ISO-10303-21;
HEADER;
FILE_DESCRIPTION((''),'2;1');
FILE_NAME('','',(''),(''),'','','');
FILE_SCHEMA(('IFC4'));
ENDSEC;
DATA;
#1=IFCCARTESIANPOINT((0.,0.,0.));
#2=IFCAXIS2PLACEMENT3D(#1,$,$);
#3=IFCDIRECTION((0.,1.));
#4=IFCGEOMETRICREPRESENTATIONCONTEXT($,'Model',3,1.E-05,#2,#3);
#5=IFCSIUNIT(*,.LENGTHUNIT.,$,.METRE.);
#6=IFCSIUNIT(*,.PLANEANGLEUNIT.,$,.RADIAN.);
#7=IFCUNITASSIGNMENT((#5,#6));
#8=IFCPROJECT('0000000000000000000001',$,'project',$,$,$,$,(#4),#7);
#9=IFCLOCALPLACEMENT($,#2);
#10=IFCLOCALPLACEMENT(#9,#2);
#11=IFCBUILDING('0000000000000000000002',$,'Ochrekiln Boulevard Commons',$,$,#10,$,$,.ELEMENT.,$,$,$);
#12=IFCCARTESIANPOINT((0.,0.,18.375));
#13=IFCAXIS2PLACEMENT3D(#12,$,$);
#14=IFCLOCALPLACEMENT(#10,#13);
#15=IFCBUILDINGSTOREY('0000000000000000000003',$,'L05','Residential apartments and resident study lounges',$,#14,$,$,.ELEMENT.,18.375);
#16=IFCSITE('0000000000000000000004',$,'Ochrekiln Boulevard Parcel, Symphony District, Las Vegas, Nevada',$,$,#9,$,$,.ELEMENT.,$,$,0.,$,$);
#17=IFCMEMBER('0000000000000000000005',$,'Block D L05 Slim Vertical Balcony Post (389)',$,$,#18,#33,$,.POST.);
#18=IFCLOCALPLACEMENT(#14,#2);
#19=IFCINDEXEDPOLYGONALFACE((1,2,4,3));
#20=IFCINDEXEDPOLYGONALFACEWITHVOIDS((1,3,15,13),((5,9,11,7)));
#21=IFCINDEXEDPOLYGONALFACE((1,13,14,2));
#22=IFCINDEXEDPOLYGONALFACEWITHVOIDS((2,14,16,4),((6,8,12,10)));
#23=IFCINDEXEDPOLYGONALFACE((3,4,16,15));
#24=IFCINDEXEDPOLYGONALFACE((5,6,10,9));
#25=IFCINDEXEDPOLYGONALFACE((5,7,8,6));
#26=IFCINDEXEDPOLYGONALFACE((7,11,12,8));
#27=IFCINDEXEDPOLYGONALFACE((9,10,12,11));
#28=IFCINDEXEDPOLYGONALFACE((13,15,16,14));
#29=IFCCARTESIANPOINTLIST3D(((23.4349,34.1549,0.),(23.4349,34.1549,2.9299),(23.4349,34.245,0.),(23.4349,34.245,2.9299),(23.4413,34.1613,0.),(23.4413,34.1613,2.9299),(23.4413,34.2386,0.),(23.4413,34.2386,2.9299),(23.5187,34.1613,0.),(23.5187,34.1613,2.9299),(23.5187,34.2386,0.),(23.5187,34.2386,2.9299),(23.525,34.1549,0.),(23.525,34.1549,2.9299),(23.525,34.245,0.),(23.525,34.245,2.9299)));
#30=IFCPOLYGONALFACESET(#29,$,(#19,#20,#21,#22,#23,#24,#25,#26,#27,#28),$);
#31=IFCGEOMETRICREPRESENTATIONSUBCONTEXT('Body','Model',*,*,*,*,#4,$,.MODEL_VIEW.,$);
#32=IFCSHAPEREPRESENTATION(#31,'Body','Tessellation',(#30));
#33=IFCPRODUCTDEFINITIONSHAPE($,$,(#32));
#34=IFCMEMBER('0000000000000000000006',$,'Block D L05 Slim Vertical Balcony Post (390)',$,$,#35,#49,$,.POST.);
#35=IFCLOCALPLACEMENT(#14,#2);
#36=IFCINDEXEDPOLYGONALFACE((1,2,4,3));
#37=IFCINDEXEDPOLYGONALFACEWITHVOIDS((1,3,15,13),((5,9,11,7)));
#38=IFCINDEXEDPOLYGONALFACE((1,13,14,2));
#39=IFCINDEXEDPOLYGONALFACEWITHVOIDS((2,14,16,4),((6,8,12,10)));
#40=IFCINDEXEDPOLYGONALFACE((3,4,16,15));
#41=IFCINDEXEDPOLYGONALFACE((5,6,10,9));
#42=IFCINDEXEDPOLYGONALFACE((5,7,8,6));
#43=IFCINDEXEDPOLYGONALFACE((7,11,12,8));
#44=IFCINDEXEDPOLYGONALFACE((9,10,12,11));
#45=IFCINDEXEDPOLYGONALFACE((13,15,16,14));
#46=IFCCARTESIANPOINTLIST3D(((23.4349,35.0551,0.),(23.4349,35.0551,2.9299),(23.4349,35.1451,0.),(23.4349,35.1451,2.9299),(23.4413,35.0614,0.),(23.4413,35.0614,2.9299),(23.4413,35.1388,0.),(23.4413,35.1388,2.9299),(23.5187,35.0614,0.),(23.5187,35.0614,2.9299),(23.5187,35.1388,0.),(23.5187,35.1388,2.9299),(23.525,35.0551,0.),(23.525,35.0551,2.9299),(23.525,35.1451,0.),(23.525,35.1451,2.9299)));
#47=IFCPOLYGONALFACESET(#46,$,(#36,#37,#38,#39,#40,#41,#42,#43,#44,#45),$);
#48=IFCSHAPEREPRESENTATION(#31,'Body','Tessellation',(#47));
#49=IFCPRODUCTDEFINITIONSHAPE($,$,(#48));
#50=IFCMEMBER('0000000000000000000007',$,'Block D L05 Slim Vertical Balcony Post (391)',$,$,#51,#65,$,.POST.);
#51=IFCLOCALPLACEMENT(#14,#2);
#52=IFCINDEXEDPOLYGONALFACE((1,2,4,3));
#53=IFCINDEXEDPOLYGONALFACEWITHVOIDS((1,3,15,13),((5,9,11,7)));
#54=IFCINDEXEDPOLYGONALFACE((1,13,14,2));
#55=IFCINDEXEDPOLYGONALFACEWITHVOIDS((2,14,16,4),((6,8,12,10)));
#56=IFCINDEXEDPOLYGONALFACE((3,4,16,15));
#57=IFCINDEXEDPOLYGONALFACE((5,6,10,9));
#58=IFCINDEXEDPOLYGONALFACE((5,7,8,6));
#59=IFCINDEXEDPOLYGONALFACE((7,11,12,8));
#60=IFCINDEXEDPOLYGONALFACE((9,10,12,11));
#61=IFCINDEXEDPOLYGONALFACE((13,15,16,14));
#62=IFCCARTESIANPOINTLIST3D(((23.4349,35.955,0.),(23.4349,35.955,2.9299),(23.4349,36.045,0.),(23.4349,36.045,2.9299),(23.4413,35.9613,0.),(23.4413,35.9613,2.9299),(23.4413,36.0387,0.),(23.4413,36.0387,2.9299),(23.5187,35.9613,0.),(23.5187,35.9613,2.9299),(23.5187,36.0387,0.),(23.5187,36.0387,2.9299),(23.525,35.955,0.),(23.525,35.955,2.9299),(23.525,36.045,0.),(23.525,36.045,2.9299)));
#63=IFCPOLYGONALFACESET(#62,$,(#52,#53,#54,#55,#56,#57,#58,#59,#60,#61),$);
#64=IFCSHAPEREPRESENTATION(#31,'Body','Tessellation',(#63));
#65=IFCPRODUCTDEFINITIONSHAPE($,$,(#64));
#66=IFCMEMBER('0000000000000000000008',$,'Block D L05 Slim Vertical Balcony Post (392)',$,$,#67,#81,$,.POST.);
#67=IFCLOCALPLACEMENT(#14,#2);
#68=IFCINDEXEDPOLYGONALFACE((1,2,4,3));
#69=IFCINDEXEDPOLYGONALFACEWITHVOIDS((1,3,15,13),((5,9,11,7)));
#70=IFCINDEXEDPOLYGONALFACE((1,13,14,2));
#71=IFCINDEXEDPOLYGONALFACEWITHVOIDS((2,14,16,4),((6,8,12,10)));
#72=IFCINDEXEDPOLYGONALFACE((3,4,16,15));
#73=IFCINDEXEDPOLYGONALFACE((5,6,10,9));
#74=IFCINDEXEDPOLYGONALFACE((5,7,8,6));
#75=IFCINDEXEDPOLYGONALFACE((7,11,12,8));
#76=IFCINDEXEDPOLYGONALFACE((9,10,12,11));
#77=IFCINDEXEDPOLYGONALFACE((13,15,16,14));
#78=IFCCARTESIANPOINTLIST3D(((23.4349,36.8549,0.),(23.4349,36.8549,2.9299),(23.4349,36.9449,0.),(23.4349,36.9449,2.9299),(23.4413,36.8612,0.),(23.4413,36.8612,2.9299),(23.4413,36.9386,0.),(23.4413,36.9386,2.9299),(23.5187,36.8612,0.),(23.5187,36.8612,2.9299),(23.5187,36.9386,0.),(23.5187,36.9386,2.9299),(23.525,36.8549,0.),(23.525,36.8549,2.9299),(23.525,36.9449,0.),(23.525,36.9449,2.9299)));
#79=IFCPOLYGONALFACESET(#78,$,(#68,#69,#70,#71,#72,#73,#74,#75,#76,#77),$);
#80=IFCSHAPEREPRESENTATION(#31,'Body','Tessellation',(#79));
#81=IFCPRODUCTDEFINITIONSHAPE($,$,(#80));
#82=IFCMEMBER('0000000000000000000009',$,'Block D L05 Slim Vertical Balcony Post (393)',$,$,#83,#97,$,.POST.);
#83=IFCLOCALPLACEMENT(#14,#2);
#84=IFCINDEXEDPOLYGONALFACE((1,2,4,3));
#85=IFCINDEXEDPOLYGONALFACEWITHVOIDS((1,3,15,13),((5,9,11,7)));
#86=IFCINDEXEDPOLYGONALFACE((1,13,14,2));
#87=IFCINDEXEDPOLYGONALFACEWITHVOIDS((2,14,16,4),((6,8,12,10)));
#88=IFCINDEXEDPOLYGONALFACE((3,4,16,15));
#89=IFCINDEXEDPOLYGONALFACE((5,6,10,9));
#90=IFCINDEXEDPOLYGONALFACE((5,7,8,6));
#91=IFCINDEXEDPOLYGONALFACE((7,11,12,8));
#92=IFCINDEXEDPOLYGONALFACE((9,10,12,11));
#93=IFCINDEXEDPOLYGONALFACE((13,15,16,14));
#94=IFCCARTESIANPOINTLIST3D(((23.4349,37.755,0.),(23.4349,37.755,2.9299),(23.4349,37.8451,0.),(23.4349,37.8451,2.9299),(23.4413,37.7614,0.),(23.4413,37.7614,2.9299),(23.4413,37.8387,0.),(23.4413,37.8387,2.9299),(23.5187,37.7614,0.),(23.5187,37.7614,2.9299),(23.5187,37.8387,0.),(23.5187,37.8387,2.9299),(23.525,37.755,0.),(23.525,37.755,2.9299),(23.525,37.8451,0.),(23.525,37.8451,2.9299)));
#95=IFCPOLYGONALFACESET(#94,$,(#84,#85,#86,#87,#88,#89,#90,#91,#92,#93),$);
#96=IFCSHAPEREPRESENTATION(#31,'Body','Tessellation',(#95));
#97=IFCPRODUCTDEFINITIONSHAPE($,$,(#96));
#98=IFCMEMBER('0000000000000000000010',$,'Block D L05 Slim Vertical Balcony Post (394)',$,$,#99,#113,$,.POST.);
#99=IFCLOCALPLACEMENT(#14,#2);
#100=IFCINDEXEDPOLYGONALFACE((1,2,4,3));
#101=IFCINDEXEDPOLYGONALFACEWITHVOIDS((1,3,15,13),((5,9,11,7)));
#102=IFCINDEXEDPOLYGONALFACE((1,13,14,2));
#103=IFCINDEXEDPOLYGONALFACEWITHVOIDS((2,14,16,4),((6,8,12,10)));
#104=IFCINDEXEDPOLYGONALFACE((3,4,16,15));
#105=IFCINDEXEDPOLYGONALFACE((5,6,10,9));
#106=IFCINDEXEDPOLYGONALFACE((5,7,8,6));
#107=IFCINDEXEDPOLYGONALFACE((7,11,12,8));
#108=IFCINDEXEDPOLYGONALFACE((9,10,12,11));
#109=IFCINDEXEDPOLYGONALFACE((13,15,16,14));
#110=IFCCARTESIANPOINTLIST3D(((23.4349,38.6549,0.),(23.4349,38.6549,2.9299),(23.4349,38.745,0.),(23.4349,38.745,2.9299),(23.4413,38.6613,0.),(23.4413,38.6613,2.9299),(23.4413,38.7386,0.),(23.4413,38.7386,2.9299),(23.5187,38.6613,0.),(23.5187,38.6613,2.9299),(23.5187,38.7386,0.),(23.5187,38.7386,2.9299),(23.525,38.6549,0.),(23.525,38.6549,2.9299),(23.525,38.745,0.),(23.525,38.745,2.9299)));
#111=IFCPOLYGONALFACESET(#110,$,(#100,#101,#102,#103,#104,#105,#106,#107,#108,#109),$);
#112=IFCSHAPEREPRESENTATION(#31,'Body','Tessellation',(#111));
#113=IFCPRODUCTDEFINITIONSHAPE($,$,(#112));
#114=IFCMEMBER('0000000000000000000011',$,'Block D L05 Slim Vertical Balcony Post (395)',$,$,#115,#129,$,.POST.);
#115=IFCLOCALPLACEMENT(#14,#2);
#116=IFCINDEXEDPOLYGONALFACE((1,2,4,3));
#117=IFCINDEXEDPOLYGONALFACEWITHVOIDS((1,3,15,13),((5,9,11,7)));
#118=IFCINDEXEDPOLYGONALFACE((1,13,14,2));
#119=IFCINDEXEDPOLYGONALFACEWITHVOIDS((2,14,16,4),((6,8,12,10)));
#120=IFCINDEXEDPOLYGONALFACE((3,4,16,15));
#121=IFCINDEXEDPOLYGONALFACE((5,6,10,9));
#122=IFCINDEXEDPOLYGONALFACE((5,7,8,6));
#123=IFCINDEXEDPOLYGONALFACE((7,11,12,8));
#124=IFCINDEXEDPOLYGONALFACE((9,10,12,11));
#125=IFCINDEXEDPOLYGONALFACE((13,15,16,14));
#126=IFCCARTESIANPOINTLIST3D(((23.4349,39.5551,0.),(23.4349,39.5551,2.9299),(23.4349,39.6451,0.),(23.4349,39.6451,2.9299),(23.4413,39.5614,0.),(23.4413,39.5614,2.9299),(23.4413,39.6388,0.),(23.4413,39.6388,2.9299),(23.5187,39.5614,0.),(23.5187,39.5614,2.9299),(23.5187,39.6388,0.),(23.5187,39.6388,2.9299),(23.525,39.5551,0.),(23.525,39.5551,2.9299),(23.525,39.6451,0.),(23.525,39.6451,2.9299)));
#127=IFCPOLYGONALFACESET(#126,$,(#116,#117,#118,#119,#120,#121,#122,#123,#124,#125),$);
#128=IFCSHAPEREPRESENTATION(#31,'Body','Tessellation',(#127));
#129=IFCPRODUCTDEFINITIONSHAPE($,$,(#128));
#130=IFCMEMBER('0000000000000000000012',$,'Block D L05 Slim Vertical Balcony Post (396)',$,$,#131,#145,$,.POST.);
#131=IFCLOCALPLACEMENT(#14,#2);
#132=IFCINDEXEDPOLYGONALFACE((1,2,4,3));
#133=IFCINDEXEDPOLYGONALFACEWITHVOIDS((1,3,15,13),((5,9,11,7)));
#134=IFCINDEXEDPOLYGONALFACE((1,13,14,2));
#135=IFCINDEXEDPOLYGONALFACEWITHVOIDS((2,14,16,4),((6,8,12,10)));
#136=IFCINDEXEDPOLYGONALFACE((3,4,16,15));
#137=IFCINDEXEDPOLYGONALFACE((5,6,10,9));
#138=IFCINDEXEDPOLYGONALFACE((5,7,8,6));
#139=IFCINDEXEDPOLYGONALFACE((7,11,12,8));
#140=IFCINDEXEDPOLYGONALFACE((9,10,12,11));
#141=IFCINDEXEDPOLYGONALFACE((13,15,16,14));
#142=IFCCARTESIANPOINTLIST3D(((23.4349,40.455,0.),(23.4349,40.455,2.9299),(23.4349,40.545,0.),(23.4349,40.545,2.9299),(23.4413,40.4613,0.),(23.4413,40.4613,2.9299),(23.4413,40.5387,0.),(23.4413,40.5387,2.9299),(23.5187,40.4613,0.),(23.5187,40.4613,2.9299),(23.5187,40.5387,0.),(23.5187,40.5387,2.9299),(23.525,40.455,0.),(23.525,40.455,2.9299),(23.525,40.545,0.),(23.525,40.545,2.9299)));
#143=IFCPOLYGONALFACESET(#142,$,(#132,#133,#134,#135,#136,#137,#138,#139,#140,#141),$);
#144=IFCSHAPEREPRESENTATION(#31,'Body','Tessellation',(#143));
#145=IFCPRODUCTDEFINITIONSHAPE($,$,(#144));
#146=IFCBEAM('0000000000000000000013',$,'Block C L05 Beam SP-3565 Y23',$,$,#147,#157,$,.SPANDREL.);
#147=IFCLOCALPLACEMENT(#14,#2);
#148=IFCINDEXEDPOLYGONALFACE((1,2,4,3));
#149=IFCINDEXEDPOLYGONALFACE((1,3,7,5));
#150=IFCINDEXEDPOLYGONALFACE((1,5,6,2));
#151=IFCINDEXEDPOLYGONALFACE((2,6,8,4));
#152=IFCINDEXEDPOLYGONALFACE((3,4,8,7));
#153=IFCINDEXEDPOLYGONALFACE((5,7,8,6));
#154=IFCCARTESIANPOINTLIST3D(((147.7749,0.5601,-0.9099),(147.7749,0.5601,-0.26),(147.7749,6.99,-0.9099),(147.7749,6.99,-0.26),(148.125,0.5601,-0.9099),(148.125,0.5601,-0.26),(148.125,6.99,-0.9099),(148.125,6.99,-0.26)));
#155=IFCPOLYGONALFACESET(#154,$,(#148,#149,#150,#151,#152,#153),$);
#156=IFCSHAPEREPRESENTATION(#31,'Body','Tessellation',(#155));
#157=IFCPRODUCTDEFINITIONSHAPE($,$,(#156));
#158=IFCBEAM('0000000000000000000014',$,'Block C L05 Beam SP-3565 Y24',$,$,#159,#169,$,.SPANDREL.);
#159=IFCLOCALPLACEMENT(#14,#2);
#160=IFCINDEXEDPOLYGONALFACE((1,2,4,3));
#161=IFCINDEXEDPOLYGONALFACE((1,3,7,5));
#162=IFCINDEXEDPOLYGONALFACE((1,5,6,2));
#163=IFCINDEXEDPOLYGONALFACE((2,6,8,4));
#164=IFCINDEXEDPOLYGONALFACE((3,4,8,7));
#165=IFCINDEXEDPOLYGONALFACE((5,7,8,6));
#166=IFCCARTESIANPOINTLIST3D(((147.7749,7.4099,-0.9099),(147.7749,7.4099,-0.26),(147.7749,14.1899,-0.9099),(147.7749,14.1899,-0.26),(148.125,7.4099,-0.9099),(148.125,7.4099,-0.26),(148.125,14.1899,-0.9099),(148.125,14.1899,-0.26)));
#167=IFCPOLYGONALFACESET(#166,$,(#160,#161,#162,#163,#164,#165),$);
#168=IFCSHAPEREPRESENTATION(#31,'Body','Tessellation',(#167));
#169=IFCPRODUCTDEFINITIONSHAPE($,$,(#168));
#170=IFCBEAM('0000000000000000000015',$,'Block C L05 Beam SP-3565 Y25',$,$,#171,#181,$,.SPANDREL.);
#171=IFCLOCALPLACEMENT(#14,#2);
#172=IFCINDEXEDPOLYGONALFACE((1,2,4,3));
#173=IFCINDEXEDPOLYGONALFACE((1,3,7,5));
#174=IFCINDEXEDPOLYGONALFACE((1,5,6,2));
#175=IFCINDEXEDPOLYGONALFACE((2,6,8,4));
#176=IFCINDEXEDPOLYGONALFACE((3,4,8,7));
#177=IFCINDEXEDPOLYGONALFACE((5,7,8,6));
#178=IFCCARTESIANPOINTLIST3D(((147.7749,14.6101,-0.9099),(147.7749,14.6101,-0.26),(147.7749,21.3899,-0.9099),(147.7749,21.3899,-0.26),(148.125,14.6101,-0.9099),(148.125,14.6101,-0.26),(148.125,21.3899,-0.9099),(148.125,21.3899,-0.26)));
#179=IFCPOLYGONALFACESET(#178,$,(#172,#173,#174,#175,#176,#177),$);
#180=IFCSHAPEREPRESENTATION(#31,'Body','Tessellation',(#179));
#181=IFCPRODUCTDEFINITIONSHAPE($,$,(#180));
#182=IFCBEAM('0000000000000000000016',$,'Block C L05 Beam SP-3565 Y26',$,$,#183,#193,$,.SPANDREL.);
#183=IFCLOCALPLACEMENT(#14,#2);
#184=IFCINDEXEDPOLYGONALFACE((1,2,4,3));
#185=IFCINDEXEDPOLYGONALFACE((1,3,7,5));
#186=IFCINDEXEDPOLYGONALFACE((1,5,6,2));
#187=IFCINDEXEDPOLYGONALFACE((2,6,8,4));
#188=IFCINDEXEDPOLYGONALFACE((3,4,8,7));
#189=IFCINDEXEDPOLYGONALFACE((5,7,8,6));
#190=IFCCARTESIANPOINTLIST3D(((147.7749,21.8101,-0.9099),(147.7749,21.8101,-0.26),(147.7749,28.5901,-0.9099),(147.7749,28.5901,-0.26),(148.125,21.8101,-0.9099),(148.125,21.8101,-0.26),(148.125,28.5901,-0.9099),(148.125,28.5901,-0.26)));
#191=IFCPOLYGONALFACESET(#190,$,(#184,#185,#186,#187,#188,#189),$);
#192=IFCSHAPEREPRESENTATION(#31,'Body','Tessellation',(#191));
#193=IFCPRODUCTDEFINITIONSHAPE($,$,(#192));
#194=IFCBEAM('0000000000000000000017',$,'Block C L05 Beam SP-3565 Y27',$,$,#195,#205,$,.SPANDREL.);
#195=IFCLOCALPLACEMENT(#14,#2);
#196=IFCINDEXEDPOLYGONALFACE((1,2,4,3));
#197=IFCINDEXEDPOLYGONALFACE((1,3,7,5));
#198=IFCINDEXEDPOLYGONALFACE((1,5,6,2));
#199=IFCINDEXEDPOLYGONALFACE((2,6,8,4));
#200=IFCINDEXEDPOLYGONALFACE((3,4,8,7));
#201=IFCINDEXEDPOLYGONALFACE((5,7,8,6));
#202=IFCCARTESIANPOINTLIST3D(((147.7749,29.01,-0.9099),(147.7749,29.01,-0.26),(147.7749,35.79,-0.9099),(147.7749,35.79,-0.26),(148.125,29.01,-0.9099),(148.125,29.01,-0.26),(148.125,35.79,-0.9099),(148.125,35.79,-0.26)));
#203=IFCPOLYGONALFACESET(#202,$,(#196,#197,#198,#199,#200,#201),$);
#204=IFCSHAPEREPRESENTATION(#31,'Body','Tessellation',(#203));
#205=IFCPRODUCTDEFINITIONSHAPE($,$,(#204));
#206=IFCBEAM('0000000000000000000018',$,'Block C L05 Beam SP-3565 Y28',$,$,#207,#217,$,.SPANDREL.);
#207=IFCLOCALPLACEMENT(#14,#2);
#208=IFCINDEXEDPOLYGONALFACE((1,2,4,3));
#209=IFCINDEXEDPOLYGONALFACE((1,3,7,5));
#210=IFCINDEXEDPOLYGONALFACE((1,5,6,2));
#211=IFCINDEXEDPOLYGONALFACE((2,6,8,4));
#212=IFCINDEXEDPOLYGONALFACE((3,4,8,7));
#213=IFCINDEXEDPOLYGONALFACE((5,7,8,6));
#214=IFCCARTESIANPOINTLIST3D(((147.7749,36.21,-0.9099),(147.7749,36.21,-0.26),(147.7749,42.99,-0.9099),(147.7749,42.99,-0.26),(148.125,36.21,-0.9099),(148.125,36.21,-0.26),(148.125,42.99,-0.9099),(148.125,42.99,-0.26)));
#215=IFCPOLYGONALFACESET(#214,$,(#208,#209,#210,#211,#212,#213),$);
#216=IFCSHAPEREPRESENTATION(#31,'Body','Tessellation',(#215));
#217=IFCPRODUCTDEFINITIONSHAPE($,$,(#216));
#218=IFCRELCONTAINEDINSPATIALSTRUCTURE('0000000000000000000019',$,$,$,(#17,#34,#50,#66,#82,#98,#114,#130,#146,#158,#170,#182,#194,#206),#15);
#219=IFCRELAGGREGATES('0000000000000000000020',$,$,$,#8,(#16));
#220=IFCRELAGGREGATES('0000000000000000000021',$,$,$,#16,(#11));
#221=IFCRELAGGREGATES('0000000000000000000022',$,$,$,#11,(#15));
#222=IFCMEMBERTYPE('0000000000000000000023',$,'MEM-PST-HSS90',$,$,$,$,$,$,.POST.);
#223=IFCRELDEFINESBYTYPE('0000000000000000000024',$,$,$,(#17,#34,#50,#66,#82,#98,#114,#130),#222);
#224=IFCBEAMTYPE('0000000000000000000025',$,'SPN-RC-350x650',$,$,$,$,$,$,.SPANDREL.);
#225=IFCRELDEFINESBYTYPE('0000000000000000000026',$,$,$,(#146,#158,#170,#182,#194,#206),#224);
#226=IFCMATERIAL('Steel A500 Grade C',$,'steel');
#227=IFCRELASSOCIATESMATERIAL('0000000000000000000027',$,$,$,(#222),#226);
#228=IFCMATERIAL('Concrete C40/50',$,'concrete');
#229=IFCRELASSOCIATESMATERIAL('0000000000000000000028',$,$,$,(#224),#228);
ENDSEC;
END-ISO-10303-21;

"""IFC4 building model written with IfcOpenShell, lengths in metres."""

from ifc_helpers import new_model, si_unit, direction, frame, origin, origin_2d, place, context, subcontext, project, spatial, rectangle, hollow_rectangle, extrude, material, material_profile, profile_set, type_object, element, save


model = new_model("IFC4")

# Units and contexts
model_context = context("Model", 3, precision=1e-05, world=origin(), true_north=direction((0.0, 1.0)))
body_context = subcontext(model_context, "Body", "Model", "MODEL_VIEW")
ifc_project = project(units=[si_unit("LENGTHUNIT", "METRE"), si_unit("PLANEANGLEUNIT", "RADIAN")], contexts=[model_context])

# Site, building, storey
site_placement = place(None, origin())
site = spatial("IfcSite", under=ifc_project, at=site_placement, Name="Ochrekiln Boulevard Parcel, Symphony District, Las Vegas, Nevada", CompositionType="ELEMENT", RefElevation=0.0)
building_placement = place(site_placement, origin())
building = spatial("IfcBuilding", under=site, at=building_placement, Name="Ochrekiln Boulevard Commons", CompositionType="ELEMENT")
storey_placement = place(building_placement, frame((0.0, 0.0, 18.375)))
storey = spatial("IfcBuildingStorey", under=building, at=storey_placement, Name="L05", Description="Residential apartments and resident study lounges", CompositionType="ELEMENT", Elevation=18.375)

# Members
ifc_material_1 = material(Name="Steel A500 Grade C", Category="steel")
ifc_material_profile_1 = material_profile(ifc_material_1, hollow_rectangle(XDim=0.0901, YDim=0.0901, WallThickness=0.0063, at=origin_2d()), Name="HSS90X90X6.4")
ifc_profile_set_1 = profile_set([ifc_material_profile_1], Name="Steel A500 Grade C")
member_type = type_object("IfcMemberType", Name="MEM-PST-HSS90", PredefinedType="POST", material=ifc_profile_set_1)
for number, where, z_axis, x_axis, name in (
    (1, (23.48, 34.2, 0.0), (0.0, 0.0, 1.0), (1.0, 0.0, 0.0), "Block D L05 Slim Vertical Balcony Post (389)"),
    (2, (23.48, 35.1001, 0.0), (0.0, 0.0, 1.0), (1.0, 0.0, 0.0), "Block D L05 Slim Vertical Balcony Post (390)"),
    (3, (23.48, 36.0, 0.0), (0.0, 0.0, 1.0), (1.0, 0.0, 0.0), "Block D L05 Slim Vertical Balcony Post (391)"),
    (4, (23.48, 36.8999, 0.0), (0.0, 0.0, 1.0), (1.0, 0.0, 0.0), "Block D L05 Slim Vertical Balcony Post (392)"),
    (5, (23.48, 37.8, 0.0), (0.0, 0.0, 1.0), (1.0, 0.0, 0.0), "Block D L05 Slim Vertical Balcony Post (393)"),
    (6, (23.48, 38.7, 0.0), (0.0, 0.0, 1.0), (1.0, 0.0, 0.0), "Block D L05 Slim Vertical Balcony Post (394)"),
    (7, (23.48, 39.6001, 0.0), (0.0, 0.0, 1.0), (1.0, 0.0, 0.0), "Block D L05 Slim Vertical Balcony Post (395)"),
    (8, (23.48, 40.5, 0.0), (0.0, 0.0, 1.0), (1.0, 0.0, 0.0), "Block D L05 Slim Vertical Balcony Post (396)"),
):
    element("IfcMember", number, at=place(storey_placement, frame(where, z_axis=z_axis, x_axis=x_axis)), inside=storey, type_object=member_type, Name=name, PredefinedType="POST", context=body_context, shape_type="SweptSolid", body=[
        extrude(hollow_rectangle(XDim=0.0901, YDim=0.0901, WallThickness=0.0063, at=origin_2d()), origin(), (0.0, 0.0, 1.0), 2.9299),
    ])

# Beams
ifc_material_2 = material(Name="Concrete C40/50", Category="concrete")
ifc_material_profile_2 = material_profile(ifc_material_2, rectangle(XDim=0.3501, YDim=0.6499, at=origin_2d()), Name="RC-SPN-350x650")
ifc_profile_set_2 = profile_set([ifc_material_profile_2], Name="Concrete C40/50")
beam_type = type_object("IfcBeamType", Name="SPN-RC-350x650", PredefinedType="SPANDREL", material=ifc_profile_set_2)
beam_1_placement = place(storey_placement, frame((147.95, 0.5601, -0.585), z_axis=(0.0, 1.0, 0.0), x_axis=(-1.0, 0.0, 0.0)))
element("IfcBeam", 9, at=beam_1_placement, inside=storey, type_object=beam_type, Name="Block C L05 Beam SP-3565 Y23", PredefinedType="SPANDREL", context=body_context, shape_type="SweptSolid", body=[
    extrude(rectangle(XDim=0.3501, YDim=0.6499, at=origin_2d()), origin(), (0.0, 0.0, 1.0), 6.4299),
])
beam_2_placement = place(storey_placement, frame((147.95, 7.4099, -0.585), z_axis=(0.0, 1.0, 0.0), x_axis=(-1.0, 0.0, 0.0)))
element("IfcBeam", 10, at=beam_2_placement, inside=storey, type_object=beam_type, Name="Block C L05 Beam SP-3565 Y24", PredefinedType="SPANDREL", context=body_context, shape_type="SweptSolid", body=[
    extrude(rectangle(XDim=0.3501, YDim=0.6499, at=origin_2d()), origin(), (0.0, 0.0, 1.0), 6.78),
])
beam_3_placement = place(storey_placement, frame((147.95, 14.6101, -0.585), z_axis=(0.0, 1.0, 0.0), x_axis=(-1.0, 0.0, 0.0)))
element("IfcBeam", 11, at=beam_3_placement, inside=storey, type_object=beam_type, Name="Block C L05 Beam SP-3565 Y25", PredefinedType="SPANDREL", context=body_context, shape_type="SweptSolid", body=[
    extrude(rectangle(XDim=0.3501, YDim=0.6499, at=origin_2d()), origin(), (0.0, 0.0, 1.0), 6.7798),
])
for number, where, z_axis, x_axis, name in (
    (12, (147.95, 21.8101, -0.585), (0.0, 1.0, 0.0), (-1.0, 0.0, 0.0), "Block C L05 Beam SP-3565 Y26"),
    (13, (147.95, 29.01, -0.585), (0.0, 1.0, 0.0), (-1.0, 0.0, 0.0), "Block C L05 Beam SP-3565 Y27"),
    (14, (147.95, 36.21, -0.585), (0.0, 1.0, 0.0), (-1.0, 0.0, 0.0), "Block C L05 Beam SP-3565 Y28"),
):
    element("IfcBeam", number, at=place(storey_placement, frame(where, z_axis=z_axis, x_axis=x_axis)), inside=storey, type_object=beam_type, Name=name, PredefinedType="SPANDREL", context=body_context, shape_type="SweptSolid", body=[
        extrude(rectangle(XDim=0.3501, YDim=0.6499, at=origin_2d()), origin(), (0.0, 0.0, 1.0), 6.78),
    ])

save(model, "model.ifc")
